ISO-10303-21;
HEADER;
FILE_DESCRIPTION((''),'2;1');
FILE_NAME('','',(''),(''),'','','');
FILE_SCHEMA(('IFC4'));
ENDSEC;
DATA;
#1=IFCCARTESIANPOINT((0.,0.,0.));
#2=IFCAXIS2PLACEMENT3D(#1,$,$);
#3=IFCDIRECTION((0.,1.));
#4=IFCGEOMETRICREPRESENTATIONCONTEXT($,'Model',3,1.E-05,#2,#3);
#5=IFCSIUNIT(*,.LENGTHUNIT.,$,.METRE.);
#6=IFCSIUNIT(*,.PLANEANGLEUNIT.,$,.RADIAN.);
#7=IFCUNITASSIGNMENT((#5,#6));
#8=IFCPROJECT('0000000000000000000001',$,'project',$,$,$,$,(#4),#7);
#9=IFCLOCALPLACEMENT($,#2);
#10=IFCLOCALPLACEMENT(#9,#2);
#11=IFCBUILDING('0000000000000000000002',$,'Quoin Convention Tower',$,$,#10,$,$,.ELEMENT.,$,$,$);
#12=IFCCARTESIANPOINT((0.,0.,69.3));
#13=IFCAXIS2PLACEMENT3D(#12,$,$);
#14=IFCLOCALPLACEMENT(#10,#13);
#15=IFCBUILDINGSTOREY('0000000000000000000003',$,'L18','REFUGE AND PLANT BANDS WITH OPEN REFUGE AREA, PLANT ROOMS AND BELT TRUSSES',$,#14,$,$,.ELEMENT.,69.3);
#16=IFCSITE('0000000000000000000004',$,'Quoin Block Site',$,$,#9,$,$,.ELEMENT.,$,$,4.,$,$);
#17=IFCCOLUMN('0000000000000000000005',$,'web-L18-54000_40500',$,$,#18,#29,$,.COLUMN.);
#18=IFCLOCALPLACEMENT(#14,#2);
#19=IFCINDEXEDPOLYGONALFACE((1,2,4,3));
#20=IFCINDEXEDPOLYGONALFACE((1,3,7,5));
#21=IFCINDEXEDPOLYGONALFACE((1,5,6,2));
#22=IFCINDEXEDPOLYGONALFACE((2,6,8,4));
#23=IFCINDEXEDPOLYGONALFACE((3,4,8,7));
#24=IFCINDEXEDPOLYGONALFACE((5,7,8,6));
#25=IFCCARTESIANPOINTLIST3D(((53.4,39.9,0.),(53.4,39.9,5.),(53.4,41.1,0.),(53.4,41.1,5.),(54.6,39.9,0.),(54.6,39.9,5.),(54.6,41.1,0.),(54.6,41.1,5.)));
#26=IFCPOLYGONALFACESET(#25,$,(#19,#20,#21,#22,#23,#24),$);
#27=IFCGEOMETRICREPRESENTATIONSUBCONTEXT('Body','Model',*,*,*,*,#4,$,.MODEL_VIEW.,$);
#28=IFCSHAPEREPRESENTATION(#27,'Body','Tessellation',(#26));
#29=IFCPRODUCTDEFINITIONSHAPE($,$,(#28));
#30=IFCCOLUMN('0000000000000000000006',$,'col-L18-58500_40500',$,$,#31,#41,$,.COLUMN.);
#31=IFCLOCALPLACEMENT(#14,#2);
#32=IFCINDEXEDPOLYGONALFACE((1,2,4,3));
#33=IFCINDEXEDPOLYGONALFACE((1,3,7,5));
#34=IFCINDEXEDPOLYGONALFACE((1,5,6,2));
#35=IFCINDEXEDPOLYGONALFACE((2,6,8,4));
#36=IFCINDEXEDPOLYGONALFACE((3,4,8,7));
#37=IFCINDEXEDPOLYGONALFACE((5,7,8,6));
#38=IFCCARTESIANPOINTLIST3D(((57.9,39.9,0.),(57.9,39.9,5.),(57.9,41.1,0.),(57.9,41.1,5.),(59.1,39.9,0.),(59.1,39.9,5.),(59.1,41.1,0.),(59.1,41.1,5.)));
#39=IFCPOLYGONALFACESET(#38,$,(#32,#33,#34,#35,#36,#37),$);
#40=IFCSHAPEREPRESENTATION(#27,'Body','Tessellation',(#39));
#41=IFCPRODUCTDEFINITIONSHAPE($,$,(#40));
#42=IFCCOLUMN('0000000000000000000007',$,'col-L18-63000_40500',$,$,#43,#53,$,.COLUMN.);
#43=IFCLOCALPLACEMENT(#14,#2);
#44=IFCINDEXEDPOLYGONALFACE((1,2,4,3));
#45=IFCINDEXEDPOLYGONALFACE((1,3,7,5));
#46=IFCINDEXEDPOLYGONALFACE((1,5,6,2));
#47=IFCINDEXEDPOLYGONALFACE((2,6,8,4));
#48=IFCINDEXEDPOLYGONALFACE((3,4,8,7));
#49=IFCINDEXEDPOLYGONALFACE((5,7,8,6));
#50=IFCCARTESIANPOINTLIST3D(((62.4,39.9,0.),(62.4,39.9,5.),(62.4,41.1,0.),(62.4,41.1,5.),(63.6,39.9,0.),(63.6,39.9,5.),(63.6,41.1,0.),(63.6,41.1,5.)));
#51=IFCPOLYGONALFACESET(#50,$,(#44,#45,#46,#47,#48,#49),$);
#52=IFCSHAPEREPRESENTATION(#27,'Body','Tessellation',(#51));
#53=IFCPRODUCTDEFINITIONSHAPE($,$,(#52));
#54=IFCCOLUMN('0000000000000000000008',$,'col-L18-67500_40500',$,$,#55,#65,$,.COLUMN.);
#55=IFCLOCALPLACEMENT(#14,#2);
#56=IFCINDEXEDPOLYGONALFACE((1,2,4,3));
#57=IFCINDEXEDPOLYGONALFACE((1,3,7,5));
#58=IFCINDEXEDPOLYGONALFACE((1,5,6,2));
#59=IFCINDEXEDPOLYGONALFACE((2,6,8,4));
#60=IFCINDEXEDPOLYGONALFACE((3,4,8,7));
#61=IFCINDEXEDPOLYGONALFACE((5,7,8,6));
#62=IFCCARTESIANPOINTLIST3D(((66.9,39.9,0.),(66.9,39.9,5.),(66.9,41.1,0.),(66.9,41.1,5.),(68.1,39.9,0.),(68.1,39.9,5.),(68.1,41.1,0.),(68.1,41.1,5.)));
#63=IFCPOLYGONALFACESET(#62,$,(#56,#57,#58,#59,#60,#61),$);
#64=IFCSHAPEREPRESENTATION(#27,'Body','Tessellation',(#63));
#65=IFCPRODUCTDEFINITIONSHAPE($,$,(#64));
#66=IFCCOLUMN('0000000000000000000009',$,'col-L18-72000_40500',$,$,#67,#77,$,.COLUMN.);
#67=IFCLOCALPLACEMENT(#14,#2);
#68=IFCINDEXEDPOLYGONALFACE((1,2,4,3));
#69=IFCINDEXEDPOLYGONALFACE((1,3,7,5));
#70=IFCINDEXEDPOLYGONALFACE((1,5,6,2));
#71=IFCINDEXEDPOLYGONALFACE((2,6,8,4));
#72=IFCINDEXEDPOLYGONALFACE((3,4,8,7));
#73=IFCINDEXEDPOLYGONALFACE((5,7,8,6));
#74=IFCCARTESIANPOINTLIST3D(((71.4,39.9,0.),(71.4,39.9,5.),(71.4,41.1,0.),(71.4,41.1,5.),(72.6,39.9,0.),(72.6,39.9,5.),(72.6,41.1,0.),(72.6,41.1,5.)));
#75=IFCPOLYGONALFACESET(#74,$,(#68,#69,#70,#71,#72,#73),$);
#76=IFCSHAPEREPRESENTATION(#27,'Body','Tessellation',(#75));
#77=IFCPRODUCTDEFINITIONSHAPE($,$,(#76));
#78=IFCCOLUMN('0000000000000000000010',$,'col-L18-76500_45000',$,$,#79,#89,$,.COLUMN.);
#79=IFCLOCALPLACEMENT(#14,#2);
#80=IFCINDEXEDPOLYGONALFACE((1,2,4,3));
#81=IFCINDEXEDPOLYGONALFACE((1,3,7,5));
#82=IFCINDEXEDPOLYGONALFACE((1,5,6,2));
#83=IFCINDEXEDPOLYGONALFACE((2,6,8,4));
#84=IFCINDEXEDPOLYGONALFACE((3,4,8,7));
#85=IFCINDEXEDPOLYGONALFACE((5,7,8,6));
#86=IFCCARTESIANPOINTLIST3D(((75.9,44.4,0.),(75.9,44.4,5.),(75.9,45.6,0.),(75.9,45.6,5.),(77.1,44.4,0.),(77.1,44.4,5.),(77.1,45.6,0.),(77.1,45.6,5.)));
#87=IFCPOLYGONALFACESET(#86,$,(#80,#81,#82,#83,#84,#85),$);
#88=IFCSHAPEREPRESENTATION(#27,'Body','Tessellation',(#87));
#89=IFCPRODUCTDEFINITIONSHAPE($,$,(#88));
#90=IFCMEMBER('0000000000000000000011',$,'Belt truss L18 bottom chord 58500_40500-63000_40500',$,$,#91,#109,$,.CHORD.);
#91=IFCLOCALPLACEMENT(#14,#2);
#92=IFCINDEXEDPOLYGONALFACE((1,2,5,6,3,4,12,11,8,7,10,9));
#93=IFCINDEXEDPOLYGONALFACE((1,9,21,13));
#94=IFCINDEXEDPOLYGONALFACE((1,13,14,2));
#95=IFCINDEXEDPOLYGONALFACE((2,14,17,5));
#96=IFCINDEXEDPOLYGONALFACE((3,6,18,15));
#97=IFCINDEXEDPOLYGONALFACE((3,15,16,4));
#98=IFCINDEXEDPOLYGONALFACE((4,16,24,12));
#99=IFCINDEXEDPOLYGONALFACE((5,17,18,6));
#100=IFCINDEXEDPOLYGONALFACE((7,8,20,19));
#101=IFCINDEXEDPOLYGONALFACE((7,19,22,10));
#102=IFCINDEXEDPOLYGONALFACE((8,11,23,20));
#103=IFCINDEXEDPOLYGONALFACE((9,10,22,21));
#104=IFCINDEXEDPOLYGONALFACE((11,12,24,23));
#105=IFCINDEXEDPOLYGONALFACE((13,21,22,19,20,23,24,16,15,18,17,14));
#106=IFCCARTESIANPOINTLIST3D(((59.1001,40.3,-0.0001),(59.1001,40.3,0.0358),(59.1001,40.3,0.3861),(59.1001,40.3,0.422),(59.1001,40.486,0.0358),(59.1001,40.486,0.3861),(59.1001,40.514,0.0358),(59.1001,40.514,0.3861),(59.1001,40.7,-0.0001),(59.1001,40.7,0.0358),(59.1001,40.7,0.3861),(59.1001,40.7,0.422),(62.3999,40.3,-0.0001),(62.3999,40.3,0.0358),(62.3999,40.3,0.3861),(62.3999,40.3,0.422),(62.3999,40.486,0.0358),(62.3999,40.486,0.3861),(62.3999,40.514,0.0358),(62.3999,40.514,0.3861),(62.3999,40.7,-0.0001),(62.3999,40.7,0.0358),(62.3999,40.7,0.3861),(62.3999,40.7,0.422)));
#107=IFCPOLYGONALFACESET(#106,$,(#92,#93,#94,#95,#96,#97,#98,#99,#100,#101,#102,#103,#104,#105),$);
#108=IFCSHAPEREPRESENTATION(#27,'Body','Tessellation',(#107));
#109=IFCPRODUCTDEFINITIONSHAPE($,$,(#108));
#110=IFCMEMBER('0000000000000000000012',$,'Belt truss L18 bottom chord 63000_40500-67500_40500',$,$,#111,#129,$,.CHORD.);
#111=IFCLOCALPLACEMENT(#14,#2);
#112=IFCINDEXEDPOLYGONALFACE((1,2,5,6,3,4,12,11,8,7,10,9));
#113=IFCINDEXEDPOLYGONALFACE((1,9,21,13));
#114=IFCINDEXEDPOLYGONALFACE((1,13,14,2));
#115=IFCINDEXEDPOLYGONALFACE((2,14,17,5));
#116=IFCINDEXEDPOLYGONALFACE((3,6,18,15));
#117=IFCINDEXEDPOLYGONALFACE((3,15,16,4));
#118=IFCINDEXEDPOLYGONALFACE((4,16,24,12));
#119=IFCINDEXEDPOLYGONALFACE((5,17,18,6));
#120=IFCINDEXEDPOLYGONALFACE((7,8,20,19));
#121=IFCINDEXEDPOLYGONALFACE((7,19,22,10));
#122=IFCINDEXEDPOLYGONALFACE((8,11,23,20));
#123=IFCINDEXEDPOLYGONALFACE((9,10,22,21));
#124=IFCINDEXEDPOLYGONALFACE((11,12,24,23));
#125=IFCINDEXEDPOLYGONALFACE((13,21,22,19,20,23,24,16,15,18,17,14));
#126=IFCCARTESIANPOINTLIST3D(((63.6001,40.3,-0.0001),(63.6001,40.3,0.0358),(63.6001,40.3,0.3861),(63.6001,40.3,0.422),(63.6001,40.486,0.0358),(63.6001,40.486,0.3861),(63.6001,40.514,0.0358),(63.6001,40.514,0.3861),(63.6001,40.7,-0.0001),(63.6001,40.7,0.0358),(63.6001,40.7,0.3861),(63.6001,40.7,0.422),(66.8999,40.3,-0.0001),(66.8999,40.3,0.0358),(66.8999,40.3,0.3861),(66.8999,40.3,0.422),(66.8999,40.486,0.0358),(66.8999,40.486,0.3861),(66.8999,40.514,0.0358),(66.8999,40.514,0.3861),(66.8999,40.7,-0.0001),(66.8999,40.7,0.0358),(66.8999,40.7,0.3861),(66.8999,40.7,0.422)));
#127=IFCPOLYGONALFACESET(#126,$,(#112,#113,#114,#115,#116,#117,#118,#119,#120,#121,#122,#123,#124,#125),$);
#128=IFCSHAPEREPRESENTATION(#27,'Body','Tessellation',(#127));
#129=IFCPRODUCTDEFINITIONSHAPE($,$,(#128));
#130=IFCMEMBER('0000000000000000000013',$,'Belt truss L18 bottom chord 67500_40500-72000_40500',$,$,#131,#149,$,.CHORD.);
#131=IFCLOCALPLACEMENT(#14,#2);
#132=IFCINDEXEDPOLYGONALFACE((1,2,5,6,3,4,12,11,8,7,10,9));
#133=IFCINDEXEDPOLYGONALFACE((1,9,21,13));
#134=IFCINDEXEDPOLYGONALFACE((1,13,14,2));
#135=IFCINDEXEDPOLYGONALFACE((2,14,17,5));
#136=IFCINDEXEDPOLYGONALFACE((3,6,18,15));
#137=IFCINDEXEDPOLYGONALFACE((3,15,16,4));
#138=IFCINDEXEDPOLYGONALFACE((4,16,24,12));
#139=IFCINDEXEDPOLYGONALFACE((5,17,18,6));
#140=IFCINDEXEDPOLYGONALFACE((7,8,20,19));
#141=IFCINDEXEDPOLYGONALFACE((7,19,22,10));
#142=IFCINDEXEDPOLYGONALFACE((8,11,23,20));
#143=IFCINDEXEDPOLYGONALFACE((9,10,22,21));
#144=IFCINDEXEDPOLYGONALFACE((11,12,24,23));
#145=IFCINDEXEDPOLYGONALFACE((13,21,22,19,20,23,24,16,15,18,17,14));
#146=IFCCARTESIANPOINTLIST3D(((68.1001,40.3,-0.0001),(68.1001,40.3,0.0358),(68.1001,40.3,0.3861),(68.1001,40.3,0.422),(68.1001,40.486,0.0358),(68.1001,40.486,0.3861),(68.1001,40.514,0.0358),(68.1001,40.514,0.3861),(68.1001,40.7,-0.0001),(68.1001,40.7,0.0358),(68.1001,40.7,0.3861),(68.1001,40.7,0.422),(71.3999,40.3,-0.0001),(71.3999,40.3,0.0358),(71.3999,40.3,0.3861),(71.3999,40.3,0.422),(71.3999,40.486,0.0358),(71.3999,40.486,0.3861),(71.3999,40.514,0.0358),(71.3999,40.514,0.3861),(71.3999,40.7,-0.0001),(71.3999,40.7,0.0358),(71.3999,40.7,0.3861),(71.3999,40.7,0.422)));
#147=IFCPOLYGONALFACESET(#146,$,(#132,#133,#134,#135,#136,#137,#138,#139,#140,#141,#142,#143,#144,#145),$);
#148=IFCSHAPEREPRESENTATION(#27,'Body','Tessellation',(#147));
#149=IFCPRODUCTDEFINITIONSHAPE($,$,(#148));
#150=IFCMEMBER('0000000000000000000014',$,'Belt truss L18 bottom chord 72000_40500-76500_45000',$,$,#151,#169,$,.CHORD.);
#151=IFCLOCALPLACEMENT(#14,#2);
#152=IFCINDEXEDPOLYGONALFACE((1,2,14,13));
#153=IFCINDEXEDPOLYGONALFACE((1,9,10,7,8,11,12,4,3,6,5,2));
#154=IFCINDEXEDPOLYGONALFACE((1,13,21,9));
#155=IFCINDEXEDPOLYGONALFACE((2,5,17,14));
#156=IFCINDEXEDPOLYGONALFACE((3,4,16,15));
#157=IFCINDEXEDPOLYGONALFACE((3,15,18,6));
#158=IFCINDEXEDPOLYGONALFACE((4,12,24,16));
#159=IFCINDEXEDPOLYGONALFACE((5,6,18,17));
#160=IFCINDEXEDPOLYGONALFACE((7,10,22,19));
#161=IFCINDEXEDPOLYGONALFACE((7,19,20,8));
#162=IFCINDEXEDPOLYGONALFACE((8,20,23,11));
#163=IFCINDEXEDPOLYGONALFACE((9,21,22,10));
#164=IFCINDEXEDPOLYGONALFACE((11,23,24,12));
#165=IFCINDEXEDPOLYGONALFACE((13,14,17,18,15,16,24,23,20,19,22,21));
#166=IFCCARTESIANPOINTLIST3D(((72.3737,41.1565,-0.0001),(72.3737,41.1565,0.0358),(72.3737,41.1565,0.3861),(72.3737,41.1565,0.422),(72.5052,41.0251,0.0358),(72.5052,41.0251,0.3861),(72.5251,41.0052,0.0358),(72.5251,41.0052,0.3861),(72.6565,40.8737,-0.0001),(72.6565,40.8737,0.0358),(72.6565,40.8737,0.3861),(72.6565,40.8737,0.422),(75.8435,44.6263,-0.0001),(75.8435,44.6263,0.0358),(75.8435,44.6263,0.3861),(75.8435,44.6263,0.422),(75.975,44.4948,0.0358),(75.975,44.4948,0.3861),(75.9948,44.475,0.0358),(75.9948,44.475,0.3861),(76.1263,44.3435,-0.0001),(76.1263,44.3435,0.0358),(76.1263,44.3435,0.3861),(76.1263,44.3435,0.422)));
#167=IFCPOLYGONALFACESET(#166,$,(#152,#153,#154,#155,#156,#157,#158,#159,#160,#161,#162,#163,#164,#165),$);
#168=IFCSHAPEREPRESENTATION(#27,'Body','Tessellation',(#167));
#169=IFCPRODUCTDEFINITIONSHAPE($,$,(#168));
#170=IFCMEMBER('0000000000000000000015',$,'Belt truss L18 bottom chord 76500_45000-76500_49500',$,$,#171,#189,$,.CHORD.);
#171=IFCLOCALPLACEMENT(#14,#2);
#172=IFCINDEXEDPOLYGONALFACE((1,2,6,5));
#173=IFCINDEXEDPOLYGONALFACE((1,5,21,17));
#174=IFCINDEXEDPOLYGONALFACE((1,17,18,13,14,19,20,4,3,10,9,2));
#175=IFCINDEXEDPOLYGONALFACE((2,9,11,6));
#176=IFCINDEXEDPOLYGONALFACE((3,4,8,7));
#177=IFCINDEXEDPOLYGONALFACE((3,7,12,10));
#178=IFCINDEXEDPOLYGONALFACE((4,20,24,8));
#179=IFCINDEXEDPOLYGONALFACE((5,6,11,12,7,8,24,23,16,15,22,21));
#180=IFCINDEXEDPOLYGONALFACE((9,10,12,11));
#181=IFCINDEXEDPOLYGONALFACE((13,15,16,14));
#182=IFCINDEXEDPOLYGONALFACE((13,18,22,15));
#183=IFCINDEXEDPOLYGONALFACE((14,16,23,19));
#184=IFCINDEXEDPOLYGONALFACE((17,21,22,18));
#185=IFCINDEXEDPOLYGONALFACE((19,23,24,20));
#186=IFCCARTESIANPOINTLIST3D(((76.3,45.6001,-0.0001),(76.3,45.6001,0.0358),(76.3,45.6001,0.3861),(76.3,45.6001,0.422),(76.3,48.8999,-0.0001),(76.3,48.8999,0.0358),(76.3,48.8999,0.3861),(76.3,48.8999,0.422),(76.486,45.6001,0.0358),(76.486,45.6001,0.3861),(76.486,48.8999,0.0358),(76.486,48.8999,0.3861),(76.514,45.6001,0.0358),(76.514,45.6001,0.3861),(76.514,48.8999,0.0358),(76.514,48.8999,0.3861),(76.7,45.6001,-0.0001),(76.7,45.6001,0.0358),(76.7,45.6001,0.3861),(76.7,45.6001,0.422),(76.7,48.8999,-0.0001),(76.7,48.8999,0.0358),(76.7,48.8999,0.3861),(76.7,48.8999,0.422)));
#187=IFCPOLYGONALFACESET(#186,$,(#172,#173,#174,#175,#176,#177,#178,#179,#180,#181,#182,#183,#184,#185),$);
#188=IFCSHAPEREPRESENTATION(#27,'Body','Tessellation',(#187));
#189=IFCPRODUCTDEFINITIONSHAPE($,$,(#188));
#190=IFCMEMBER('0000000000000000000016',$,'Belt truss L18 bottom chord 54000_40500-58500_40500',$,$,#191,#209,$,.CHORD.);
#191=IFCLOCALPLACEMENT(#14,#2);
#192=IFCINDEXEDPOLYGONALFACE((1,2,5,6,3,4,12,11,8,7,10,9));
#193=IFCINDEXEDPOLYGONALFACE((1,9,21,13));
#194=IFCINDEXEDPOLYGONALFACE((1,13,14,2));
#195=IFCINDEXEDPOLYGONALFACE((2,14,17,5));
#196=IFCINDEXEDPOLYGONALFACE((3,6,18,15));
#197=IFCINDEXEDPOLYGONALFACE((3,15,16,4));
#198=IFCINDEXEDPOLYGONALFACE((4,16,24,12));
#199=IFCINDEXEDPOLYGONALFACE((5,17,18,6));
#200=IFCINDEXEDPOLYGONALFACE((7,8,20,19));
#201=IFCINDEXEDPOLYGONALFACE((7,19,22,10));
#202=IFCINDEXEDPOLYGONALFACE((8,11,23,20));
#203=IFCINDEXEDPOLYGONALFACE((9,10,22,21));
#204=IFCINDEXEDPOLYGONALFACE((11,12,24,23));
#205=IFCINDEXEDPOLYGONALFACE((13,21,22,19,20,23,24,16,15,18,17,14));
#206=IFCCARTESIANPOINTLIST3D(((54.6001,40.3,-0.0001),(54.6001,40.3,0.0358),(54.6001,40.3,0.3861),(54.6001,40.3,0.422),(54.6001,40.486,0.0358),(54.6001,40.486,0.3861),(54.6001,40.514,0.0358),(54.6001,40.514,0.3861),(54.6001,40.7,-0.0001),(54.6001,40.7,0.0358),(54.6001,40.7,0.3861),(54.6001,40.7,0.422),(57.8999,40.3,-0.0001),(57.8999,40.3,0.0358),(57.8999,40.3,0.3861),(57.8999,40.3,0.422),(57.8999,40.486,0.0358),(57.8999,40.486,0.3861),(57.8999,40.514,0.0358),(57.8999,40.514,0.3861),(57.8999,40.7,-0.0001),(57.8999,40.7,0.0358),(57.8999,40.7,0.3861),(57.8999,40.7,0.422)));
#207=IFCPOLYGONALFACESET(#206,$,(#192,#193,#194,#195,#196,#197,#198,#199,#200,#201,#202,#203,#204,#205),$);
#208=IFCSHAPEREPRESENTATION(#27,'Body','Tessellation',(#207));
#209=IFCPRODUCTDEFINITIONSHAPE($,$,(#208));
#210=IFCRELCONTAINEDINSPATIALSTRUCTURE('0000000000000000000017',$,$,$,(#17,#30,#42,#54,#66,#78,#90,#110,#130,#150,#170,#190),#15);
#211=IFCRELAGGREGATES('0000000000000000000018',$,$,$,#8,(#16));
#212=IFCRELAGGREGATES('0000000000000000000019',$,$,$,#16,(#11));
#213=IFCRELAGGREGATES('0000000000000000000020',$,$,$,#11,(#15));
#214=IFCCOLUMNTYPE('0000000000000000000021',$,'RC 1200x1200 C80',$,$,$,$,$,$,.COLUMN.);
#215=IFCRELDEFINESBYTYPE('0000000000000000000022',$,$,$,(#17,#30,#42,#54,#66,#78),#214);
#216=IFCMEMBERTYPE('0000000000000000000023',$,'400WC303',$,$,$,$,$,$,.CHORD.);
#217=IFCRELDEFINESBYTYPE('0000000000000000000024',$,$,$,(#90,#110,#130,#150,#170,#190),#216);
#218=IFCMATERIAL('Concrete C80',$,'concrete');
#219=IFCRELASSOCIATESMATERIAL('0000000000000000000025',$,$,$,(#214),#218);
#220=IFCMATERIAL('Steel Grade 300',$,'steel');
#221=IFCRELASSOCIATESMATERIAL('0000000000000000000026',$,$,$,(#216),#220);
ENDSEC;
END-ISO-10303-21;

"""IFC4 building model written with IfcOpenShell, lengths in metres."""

from ifc_helpers import new_model, si_unit, direction, frame, origin, origin_2d, place, context, subcontext, project, spatial, rectangle, i_section, extrude, material, material_profile, profile_set, type_object, element, save


model = new_model("IFC4")

# Units and contexts
model_context = context("Model", 3, precision=1e-05, world=origin(), true_north=direction((0.0, 1.0)))
body_context = subcontext(model_context, "Body", "Model", "MODEL_VIEW")
ifc_project = project(units=[si_unit("LENGTHUNIT", "METRE"), si_unit("PLANEANGLEUNIT", "RADIAN")], contexts=[model_context])

# Site, building, storey
site_placement = place(None, origin())
site = spatial("IfcSite", under=ifc_project, at=site_placement, Name="Quoin Block Site", CompositionType="ELEMENT", RefElevation=4.0)
building_placement = place(site_placement, origin())
building = spatial("IfcBuilding", under=site, at=building_placement, Name="Quoin Convention Tower", CompositionType="ELEMENT")
storey_placement = place(building_placement, frame((0.0, 0.0, 69.3)))
storey = spatial("IfcBuildingStorey", under=building, at=storey_placement, Name="L18", Description="REFUGE AND PLANT BANDS WITH OPEN REFUGE AREA, PLANT ROOMS AND BELT TRUSSES", CompositionType="ELEMENT", Elevation=69.3)

# Columns
ifc_material_1 = material(Name="Concrete C80", Category="concrete")
ifc_material_profile_1 = material_profile(ifc_material_1, rectangle(XDim=1.2, YDim=1.2, at=origin_2d()), Name="RC 1200x1200")
ifc_profile_set_1 = profile_set([ifc_material_profile_1], Name="Concrete C80")
column_type = type_object("IfcColumnType", Name="RC 1200x1200 C80", PredefinedType="COLUMN", material=ifc_profile_set_1)
for number, where, z_axis, x_axis, name in (
    (1, (54.0, 40.5, 0.0), (0.0, 0.0, 1.0), (1.0, 0.0, 0.0), "web-L18-54000_40500"),
    (2, (58.5, 40.5, 0.0), (0.0, 0.0, 1.0), (1.0, 0.0, 0.0), "col-L18-58500_40500"),
    (3, (63.0, 40.5, 0.0), (0.0, 0.0, 1.0), (1.0, 0.0, 0.0), "col-L18-63000_40500"),
    (4, (67.5, 40.5, 0.0), (0.0, 0.0, 1.0), (1.0, 0.0, 0.0), "col-L18-67500_40500"),
    (5, (72.0, 40.5, 0.0), (0.0, 0.0, 1.0), (1.0, 0.0, 0.0), "col-L18-72000_40500"),
    (6, (76.5, 45.0, 0.0), (0.0, 0.0, 1.0), (1.0, 0.0, 0.0), "col-L18-76500_45000"),
):
    element("IfcColumn", number, at=place(storey_placement, frame(where, z_axis=z_axis, x_axis=x_axis)), inside=storey, type_object=column_type, Name=name, PredefinedType="COLUMN", context=body_context, shape_type="SweptSolid", body=[
        extrude(rectangle(XDim=1.2, YDim=1.2, at=origin_2d()), origin(), (0.0, 0.0, 1.0), 5.0),
    ])

# Members
ifc_material_2 = material(Name="Steel Grade 300", Category="steel")
ifc_material_profile_2 = material_profile(ifc_material_2, i_section(OverallWidth=0.3999, OverallDepth=0.4221, WebThickness=0.0281, FlangeThickness=0.0359, at=origin_2d()), Name="400WC303")
ifc_profile_set_2 = profile_set([ifc_material_profile_2], Name="Steel Grade 300")
member_type_1 = type_object("IfcMemberType", Name="400WC303", PredefinedType="CHORD", material=ifc_profile_set_2)
for number, where, z_axis, x_axis, name in (
    (7, (59.1001, 40.5, 0.2109), (1.0, 0.0, 0.0), (0.0, 1.0, 0.0), "Belt truss L18 bottom chord 58500_40500-63000_40500"),
    (8, (63.6001, 40.5, 0.2109), (1.0, 0.0, 0.0), (0.0, 1.0, 0.0), "Belt truss L18 bottom chord 63000_40500-67500_40500"),
    (9, (68.1001, 40.5, 0.2109), (1.0, 0.0, 0.0), (0.0, 1.0, 0.0), "Belt truss L18 bottom chord 67500_40500-72000_40500"),
):
    element("IfcMember", number, at=place(storey_placement, frame(where, z_axis=z_axis, x_axis=x_axis)), inside=storey, type_object=member_type_1, Name=name, PredefinedType="CHORD", context=body_context, shape_type="SweptSolid", body=[
        extrude(i_section(OverallWidth=0.3999, OverallDepth=0.4221, WebThickness=0.0281, FlangeThickness=0.0359, at=origin_2d()), origin(), (0.0, 0.0, 1.0), 3.2998),
    ])
member_1_placement = place(storey_placement, frame((72.5151, 41.0151, 0.2109), z_axis=(0.707107, 0.707107, 0.0), x_axis=(-0.707107, 0.707107, 0.0)))
element("IfcMember", 10, at=member_1_placement, inside=storey, type_object=member_type_1, Name="Belt truss L18 bottom chord 72000_40500-76500_45000", PredefinedType="CHORD", context=body_context, shape_type="SweptSolid", body=[
    extrude(i_section(OverallWidth=0.3999, OverallDepth=0.4221, WebThickness=0.0281, FlangeThickness=0.0359, at=origin_2d()), origin(), (0.0, 0.0, 1.0), 4.907),
])
for number, where, z_axis, x_axis, name in (
    (11, (76.5, 45.6001, 0.2109), (0.0, 1.0, 0.0), (-1.0, 0.0, 0.0), "Belt truss L18 bottom chord 76500_45000-76500_49500"),
    (12, (54.6001, 40.5, 0.2109), (1.0, 0.0, 0.0), (0.0, 1.0, 0.0), "Belt truss L18 bottom chord 54000_40500-58500_40500"),
):
    element("IfcMember", number, at=place(storey_placement, frame(where, z_axis=z_axis, x_axis=x_axis)), inside=storey, type_object=member_type_1, Name=name, PredefinedType="CHORD", context=body_context, shape_type="SweptSolid", body=[
        extrude(i_section(OverallWidth=0.3999, OverallDepth=0.4221, WebThickness=0.0281, FlangeThickness=0.0359, at=origin_2d()), origin(), (0.0, 0.0, 1.0), 3.2998),
    ])

save(model, "model.ifc")
